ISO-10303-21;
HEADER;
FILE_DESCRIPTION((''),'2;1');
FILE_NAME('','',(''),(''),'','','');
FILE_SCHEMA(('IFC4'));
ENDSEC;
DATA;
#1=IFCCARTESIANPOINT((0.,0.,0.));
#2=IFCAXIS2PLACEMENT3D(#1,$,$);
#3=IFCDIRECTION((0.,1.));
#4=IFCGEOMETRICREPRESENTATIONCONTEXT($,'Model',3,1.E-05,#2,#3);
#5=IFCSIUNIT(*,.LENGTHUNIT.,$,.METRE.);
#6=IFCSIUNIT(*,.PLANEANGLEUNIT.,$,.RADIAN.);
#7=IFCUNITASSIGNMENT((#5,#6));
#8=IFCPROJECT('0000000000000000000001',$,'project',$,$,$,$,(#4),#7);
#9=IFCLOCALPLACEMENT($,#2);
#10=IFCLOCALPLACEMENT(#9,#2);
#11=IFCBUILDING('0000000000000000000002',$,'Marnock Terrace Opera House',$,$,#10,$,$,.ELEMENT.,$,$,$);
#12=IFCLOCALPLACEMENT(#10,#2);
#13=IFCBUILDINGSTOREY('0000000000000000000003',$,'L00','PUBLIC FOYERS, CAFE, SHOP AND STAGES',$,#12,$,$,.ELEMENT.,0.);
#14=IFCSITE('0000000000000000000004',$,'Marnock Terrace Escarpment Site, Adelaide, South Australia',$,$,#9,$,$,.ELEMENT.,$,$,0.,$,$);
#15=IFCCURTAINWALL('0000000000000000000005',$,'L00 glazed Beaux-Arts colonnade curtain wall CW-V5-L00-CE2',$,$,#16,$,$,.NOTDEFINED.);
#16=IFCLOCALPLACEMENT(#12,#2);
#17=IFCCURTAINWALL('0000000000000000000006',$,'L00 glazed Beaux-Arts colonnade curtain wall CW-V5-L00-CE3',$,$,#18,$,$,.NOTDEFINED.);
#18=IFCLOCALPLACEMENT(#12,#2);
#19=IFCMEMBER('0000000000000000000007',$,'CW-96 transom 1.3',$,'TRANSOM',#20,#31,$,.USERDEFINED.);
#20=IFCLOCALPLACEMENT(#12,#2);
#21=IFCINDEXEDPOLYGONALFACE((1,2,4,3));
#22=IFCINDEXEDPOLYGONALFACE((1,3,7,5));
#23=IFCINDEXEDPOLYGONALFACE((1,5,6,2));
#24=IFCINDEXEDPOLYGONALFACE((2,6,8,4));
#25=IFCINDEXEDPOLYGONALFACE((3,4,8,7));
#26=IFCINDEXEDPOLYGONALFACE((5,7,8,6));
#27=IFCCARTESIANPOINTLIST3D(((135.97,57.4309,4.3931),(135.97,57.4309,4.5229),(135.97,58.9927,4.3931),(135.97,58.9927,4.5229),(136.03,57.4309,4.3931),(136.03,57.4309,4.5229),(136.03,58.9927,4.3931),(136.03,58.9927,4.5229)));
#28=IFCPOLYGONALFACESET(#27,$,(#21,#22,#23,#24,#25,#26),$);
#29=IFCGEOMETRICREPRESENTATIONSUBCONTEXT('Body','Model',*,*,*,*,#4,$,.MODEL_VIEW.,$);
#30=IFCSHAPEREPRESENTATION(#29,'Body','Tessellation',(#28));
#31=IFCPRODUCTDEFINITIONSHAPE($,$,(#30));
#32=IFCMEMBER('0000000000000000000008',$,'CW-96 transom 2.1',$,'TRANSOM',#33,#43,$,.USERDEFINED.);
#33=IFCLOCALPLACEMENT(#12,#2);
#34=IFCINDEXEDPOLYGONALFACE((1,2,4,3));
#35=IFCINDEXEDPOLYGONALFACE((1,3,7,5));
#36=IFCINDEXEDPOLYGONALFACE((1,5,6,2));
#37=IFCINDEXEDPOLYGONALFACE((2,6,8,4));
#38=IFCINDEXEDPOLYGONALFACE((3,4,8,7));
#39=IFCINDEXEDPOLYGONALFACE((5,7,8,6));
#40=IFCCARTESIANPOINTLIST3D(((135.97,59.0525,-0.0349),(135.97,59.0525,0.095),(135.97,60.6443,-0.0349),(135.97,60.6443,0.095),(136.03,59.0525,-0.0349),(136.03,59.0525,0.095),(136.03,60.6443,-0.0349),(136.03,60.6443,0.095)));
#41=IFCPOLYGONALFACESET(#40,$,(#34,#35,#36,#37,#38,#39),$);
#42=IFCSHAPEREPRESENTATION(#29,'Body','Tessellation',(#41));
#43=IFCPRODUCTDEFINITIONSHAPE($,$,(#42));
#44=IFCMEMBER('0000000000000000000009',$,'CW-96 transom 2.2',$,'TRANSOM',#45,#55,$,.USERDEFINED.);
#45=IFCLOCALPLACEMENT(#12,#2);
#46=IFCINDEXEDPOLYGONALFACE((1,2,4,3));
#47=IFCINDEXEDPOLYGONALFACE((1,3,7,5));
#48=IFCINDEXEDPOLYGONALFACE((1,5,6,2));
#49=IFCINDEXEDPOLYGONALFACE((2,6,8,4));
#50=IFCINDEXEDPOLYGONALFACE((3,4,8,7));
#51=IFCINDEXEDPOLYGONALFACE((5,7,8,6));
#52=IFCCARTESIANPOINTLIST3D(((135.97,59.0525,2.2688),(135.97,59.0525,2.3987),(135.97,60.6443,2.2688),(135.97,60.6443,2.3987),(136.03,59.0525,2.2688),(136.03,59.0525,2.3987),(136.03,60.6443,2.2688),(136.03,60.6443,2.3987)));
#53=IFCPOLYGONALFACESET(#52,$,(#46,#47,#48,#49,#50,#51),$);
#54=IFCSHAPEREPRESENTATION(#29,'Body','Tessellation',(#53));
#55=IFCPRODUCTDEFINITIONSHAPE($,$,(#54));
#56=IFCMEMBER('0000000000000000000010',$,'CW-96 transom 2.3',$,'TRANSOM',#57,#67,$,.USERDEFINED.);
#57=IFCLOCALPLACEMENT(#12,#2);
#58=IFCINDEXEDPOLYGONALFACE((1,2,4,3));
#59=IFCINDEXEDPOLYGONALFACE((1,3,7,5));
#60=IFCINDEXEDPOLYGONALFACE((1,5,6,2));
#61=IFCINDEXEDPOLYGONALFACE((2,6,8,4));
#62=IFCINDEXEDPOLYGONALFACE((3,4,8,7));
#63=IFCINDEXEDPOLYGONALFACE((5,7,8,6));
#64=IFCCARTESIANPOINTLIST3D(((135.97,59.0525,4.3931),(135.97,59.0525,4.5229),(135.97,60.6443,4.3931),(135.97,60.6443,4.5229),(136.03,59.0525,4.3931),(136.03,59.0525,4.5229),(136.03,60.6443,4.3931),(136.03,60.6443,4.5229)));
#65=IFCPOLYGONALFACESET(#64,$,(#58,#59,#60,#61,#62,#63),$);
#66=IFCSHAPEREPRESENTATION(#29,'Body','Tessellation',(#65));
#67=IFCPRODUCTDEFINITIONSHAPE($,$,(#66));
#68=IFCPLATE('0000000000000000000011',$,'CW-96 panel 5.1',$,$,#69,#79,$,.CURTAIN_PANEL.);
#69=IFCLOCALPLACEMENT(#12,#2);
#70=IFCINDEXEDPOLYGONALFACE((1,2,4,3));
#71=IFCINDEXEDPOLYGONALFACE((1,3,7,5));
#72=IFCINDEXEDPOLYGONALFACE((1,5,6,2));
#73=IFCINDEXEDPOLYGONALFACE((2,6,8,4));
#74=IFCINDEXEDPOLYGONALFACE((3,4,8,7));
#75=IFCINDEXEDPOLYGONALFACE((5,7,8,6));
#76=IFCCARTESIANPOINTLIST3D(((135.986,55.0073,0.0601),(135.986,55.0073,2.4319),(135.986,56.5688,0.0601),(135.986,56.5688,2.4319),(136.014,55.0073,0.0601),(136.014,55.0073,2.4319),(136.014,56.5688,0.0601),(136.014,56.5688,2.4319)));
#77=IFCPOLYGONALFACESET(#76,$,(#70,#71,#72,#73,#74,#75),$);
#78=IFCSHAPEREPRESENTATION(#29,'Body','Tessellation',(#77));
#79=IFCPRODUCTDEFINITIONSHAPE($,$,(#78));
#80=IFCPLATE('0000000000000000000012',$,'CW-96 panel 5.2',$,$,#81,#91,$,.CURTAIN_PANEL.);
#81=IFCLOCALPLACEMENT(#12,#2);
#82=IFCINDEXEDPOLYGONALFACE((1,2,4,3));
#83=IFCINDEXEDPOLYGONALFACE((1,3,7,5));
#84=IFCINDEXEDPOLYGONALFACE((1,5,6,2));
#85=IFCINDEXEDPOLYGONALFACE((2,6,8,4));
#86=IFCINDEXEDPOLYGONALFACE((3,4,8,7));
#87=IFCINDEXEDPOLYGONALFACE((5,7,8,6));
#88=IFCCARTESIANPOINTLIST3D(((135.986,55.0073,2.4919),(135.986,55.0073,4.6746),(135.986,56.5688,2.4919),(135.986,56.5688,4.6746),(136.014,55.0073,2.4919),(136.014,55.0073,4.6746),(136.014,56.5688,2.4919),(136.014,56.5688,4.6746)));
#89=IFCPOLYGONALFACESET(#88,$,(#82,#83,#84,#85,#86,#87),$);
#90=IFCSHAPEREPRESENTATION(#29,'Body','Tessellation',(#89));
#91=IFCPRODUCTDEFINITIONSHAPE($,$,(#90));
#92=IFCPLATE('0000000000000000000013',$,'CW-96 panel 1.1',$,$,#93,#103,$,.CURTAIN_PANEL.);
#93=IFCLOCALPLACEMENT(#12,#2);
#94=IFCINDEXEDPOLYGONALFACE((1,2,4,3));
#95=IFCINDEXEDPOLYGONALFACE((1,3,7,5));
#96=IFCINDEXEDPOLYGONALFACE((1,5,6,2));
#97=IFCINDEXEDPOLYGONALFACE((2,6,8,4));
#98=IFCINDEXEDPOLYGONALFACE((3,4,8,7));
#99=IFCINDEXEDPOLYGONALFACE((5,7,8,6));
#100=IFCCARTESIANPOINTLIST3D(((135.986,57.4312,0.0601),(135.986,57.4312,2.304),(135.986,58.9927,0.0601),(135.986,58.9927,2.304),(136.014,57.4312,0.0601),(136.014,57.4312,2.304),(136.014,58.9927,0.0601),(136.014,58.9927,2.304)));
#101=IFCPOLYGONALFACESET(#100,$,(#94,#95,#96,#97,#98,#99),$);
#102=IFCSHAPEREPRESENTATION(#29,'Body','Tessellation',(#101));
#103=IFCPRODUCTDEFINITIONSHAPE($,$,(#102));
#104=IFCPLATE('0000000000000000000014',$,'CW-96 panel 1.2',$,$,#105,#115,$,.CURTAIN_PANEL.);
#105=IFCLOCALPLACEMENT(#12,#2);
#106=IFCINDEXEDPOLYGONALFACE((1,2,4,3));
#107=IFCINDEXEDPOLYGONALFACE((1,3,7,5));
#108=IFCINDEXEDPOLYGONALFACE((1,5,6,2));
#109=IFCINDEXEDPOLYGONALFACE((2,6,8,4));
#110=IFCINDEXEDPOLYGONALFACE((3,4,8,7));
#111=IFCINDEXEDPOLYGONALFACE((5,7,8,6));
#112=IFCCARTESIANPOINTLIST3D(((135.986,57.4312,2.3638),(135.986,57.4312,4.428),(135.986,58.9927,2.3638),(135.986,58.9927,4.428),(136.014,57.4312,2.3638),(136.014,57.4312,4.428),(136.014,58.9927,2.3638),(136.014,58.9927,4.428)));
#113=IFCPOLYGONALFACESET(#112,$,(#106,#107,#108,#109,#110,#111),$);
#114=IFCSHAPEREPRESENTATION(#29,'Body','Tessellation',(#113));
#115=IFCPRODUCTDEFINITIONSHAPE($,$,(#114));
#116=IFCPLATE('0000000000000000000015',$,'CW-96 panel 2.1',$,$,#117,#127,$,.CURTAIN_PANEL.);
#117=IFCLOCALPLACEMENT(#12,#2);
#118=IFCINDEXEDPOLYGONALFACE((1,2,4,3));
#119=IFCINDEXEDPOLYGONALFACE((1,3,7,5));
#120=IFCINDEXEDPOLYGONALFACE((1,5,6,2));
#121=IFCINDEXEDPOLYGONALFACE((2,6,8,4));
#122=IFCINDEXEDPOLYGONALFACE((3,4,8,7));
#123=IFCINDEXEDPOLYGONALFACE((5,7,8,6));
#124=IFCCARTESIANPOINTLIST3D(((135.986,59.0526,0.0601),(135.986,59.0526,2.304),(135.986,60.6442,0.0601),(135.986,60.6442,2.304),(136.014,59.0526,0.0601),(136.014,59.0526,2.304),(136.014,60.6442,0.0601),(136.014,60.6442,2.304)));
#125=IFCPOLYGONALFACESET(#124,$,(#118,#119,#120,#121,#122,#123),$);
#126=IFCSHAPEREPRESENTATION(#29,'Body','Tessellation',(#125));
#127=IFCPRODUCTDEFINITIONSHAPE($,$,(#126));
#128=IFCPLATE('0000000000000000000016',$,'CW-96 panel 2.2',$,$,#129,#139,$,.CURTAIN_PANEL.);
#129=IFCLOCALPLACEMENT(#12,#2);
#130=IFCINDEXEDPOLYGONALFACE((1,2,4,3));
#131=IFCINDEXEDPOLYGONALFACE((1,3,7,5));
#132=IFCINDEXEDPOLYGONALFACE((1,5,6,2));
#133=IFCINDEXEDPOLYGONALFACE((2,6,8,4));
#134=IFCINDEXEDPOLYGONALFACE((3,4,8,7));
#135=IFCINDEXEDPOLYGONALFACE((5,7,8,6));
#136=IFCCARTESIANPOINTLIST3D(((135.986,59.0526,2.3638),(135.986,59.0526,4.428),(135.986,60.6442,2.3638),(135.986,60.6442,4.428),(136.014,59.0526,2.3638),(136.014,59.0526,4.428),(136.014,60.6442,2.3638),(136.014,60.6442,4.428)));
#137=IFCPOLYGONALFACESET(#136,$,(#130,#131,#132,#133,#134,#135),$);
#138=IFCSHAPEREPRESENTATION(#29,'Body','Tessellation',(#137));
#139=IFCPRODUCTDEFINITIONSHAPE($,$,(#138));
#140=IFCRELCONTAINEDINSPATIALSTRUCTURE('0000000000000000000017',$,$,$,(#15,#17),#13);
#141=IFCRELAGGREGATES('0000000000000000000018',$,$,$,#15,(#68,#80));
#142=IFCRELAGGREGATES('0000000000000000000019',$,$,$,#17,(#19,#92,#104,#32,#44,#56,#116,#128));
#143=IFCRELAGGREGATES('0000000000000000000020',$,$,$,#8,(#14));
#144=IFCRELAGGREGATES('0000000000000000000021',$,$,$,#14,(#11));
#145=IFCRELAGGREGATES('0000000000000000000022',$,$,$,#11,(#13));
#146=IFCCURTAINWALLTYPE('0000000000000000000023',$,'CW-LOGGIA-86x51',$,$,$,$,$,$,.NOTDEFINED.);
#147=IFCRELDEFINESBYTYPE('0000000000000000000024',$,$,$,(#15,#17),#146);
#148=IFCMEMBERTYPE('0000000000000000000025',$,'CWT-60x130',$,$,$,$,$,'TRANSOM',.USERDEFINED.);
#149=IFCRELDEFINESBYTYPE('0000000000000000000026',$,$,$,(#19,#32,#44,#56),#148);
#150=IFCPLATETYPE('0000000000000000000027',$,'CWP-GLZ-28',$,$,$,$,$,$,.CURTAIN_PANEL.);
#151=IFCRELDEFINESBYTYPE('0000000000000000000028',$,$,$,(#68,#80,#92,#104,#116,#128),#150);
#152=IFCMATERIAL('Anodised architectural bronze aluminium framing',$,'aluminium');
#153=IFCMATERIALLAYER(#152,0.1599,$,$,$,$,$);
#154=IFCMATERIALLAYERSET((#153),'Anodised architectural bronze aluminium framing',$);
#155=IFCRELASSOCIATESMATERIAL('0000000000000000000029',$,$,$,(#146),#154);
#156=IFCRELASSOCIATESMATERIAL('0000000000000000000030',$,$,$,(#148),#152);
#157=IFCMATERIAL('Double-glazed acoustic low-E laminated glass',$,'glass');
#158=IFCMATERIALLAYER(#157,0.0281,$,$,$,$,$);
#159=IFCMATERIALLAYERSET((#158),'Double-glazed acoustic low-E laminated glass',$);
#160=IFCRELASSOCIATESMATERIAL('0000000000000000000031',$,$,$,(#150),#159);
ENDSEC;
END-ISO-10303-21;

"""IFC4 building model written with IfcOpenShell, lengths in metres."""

from ifc_helpers import new_model, si_unit, direction, frame, origin, origin_2d, place, context, subcontext, project, spatial, rectangle, extrude, material, layer, layer_set, material_profile, profile_set, type_object, element, aggregate, save


model = new_model("IFC4")

# Units and contexts
model_context = context("Model", 3, precision=1e-05, world=origin(), true_north=direction((0.0, 1.0)))
body_context = subcontext(model_context, "Body", "Model", "MODEL_VIEW")
ifc_project = project(units=[si_unit("LENGTHUNIT", "METRE"), si_unit("PLANEANGLEUNIT", "RADIAN")], contexts=[model_context])

# Site, building, storey
site_placement = place(None, origin())
site = spatial("IfcSite", under=ifc_project, at=site_placement, Name="Marnock Terrace Escarpment Site, Adelaide, South Australia", CompositionType="ELEMENT", RefElevation=0.0)
building_placement = place(site_placement, origin())
building = spatial("IfcBuilding", under=site, at=building_placement, Name="Marnock Terrace Opera House", CompositionType="ELEMENT")
storey_placement = place(building_placement, origin())
storey = spatial("IfcBuildingStorey", under=building, at=storey_placement, Name="L00", Description="PUBLIC FOYERS, CAFE, SHOP AND STAGES", CompositionType="ELEMENT", Elevation=0.0)

# Curtain walls
ifc_material_1 = material(Name="Anodised architectural bronze aluminium framing", Category="aluminium")
ifc_layer_1 = layer(ifc_material_1, 0.1599)
ifc_layer_set_1 = layer_set([ifc_layer_1], Name="Anodised architectural bronze aluminium framing")
curtain_wall_type = type_object("IfcCurtainWallType", Name="CW-LOGGIA-86x51", PredefinedType="NOTDEFINED", material=ifc_layer_set_1)
curtain_wall_1_placement = place(storey_placement, origin())
curtain_wall_1 = element("IfcCurtainWall", 1, at=curtain_wall_1_placement, inside=storey, type_object=curtain_wall_type, Name="L00 glazed Beaux-Arts colonnade curtain wall CW-V5-L00-CE2", PredefinedType="NOTDEFINED")
curtain_wall_2_placement = place(storey_placement, origin())
curtain_wall_2 = element("IfcCurtainWall", 2, at=curtain_wall_2_placement, inside=storey, type_object=curtain_wall_type, Name="L00 glazed Beaux-Arts colonnade curtain wall CW-V5-L00-CE3", PredefinedType="NOTDEFINED")

# Members
ifc_material_profile_1 = material_profile(ifc_material_1, rectangle(XDim=0.0601, YDim=0.1299, at=origin_2d()))
ifc_profile_set_1 = profile_set([ifc_material_profile_1], Name="Anodised architectural bronze aluminium framing")
member_type_1 = type_object("IfcMemberType", Name="CWT-60x130", ElementType="TRANSOM", PredefinedType="USERDEFINED", material=ifc_profile_set_1)
member_1_placement = place(storey_placement, frame((136.0, 57.4309, 4.458), z_axis=(0.0, 1.0, 0.0), x_axis=(-1.0, 0.0, 0.0)))
member_1 = element("IfcMember", 3, at=member_1_placement, type_object=member_type_1, Name="CW-96 transom 1.3", ObjectType="TRANSOM", PredefinedType="USERDEFINED", context=body_context, shape_type="SweptSolid", body=[
    extrude(rectangle(XDim=0.0601, YDim=0.1299, at=origin_2d()), origin(), (0.0, 0.0, 1.0), 1.5618),
])
member_2_placement = place(storey_placement, frame((136.0, 59.0525, 0.03), z_axis=(0.0, 1.0, 0.0), x_axis=(-1.0, 0.0, 0.0)))
member_2 = element("IfcMember", 4, at=member_2_placement, type_object=member_type_1, Name="CW-96 transom 2.1", ObjectType="TRANSOM", PredefinedType="USERDEFINED", context=body_context, shape_type="SweptSolid", body=[
    extrude(rectangle(XDim=0.0601, YDim=0.1299, at=origin_2d()), origin(), (0.0, 0.0, 1.0), 1.5918),
])
member_3_placement = place(storey_placement, frame((136.0, 59.0525, 2.3337), z_axis=(0.0, 1.0, 0.0), x_axis=(-1.0, 0.0, 0.0)))
member_3 = element("IfcMember", 5, at=member_3_placement, type_object=member_type_1, Name="CW-96 transom 2.2", ObjectType="TRANSOM", PredefinedType="USERDEFINED", context=body_context, shape_type="SweptSolid", body=[
    extrude(rectangle(XDim=0.0601, YDim=0.1299, at=origin_2d()), origin(), (0.0, 0.0, 1.0), 1.5918),
])
member_4_placement = place(storey_placement, frame((136.0, 59.0525, 4.458), z_axis=(0.0, 1.0, 0.0), x_axis=(-1.0, 0.0, 0.0)))
member_4 = element("IfcMember", 6, at=member_4_placement, type_object=member_type_1, Name="CW-96 transom 2.3", ObjectType="TRANSOM", PredefinedType="USERDEFINED", context=body_context, shape_type="SweptSolid", body=[
    extrude(rectangle(XDim=0.0601, YDim=0.1299, at=origin_2d()), origin(), (0.0, 0.0, 1.0), 1.5918),
])

# Plates
ifc_material_2 = material(Name="Double-glazed acoustic low-E laminated glass", Category="glass")
ifc_layer_2 = layer(ifc_material_2, 0.0281)
ifc_layer_set_2 = layer_set([ifc_layer_2], Name="Double-glazed acoustic low-E laminated glass")
plate_type = type_object("IfcPlateType", Name="CWP-GLZ-28", PredefinedType="CURTAIN_PANEL", material=ifc_layer_set_2)
plate_1_placement = place(storey_placement, frame((136.0, 55.7881, 0.0601), z_axis=(0.0, 0.0, 1.0), x_axis=(0.0, 1.0, 0.0)))
plate_1 = element("IfcPlate", 7, at=plate_1_placement, type_object=plate_type, Name="CW-96 panel 5.1", PredefinedType="CURTAIN_PANEL", context=body_context, shape_type="SweptSolid", body=[
    extrude(rectangle(XDim=1.5615, YDim=0.0281, at=origin_2d()), origin(), (0.0, 0.0, 1.0), 2.3718),
])
plate_2_placement = place(storey_placement, frame((136.0, 55.7881, 2.4919), z_axis=(0.0, 0.0, 1.0), x_axis=(0.0, 1.0, 0.0)))
plate_2 = element("IfcPlate", 8, at=plate_2_placement, type_object=plate_type, Name="CW-96 panel 5.2", PredefinedType="CURTAIN_PANEL", context=body_context, shape_type="SweptSolid", body=[
    extrude(rectangle(XDim=1.5615, YDim=0.0281, at=origin_2d()), origin(), (0.0, 0.0, 1.0), 2.1826),
])
aggregate(curtain_wall_1, [plate_1, plate_2])
plate_3_placement = place(storey_placement, frame((136.0, 58.2119, 0.0601), z_axis=(0.0, 0.0, 1.0), x_axis=(0.0, 1.0, 0.0)))
plate_3 = element("IfcPlate", 9, at=plate_3_placement, type_object=plate_type, Name="CW-96 panel 1.1", PredefinedType="CURTAIN_PANEL", context=body_context, shape_type="SweptSolid", body=[
    extrude(rectangle(XDim=1.5615, YDim=0.0281, at=origin_2d()), origin(), (0.0, 0.0, 1.0), 2.2439),
])
plate_4_placement = place(storey_placement, frame((136.0, 58.2119, 2.3638), z_axis=(0.0, 0.0, 1.0), x_axis=(0.0, 1.0, 0.0)))
plate_4 = element("IfcPlate", 10, at=plate_4_placement, type_object=plate_type, Name="CW-96 panel 1.2", PredefinedType="CURTAIN_PANEL", context=body_context, shape_type="SweptSolid", body=[
    extrude(rectangle(XDim=1.5615, YDim=0.0281, at=origin_2d()), origin(), (0.0, 0.0, 1.0), 2.0642),
])
plate_5_placement = place(storey_placement, frame((136.0, 59.8484, 0.0601), z_axis=(0.0, 0.0, 1.0), x_axis=(0.0, 1.0, 0.0)))
plate_5 = element("IfcPlate", 11, at=plate_5_placement, type_object=plate_type, Name="CW-96 panel 2.1", PredefinedType="CURTAIN_PANEL", context=body_context, shape_type="SweptSolid", body=[
    extrude(rectangle(XDim=1.5916, YDim=0.0281, at=origin_2d()), origin(), (0.0, 0.0, 1.0), 2.2439),
])
plate_6_placement = place(storey_placement, frame((136.0, 59.8484, 2.3638), z_axis=(0.0, 0.0, 1.0), x_axis=(0.0, 1.0, 0.0)))
plate_6 = element("IfcPlate", 12, at=plate_6_placement, type_object=plate_type, Name="CW-96 panel 2.2", PredefinedType="CURTAIN_PANEL", context=body_context, shape_type="SweptSolid", body=[
    extrude(rectangle(XDim=1.5916, YDim=0.0281, at=origin_2d()), origin(), (0.0, 0.0, 1.0), 2.0642),
])
aggregate(curtain_wall_2, [member_1, plate_3, plate_4, member_2, member_3, member_4, plate_5, plate_6])

save(model, "model.ifc")
